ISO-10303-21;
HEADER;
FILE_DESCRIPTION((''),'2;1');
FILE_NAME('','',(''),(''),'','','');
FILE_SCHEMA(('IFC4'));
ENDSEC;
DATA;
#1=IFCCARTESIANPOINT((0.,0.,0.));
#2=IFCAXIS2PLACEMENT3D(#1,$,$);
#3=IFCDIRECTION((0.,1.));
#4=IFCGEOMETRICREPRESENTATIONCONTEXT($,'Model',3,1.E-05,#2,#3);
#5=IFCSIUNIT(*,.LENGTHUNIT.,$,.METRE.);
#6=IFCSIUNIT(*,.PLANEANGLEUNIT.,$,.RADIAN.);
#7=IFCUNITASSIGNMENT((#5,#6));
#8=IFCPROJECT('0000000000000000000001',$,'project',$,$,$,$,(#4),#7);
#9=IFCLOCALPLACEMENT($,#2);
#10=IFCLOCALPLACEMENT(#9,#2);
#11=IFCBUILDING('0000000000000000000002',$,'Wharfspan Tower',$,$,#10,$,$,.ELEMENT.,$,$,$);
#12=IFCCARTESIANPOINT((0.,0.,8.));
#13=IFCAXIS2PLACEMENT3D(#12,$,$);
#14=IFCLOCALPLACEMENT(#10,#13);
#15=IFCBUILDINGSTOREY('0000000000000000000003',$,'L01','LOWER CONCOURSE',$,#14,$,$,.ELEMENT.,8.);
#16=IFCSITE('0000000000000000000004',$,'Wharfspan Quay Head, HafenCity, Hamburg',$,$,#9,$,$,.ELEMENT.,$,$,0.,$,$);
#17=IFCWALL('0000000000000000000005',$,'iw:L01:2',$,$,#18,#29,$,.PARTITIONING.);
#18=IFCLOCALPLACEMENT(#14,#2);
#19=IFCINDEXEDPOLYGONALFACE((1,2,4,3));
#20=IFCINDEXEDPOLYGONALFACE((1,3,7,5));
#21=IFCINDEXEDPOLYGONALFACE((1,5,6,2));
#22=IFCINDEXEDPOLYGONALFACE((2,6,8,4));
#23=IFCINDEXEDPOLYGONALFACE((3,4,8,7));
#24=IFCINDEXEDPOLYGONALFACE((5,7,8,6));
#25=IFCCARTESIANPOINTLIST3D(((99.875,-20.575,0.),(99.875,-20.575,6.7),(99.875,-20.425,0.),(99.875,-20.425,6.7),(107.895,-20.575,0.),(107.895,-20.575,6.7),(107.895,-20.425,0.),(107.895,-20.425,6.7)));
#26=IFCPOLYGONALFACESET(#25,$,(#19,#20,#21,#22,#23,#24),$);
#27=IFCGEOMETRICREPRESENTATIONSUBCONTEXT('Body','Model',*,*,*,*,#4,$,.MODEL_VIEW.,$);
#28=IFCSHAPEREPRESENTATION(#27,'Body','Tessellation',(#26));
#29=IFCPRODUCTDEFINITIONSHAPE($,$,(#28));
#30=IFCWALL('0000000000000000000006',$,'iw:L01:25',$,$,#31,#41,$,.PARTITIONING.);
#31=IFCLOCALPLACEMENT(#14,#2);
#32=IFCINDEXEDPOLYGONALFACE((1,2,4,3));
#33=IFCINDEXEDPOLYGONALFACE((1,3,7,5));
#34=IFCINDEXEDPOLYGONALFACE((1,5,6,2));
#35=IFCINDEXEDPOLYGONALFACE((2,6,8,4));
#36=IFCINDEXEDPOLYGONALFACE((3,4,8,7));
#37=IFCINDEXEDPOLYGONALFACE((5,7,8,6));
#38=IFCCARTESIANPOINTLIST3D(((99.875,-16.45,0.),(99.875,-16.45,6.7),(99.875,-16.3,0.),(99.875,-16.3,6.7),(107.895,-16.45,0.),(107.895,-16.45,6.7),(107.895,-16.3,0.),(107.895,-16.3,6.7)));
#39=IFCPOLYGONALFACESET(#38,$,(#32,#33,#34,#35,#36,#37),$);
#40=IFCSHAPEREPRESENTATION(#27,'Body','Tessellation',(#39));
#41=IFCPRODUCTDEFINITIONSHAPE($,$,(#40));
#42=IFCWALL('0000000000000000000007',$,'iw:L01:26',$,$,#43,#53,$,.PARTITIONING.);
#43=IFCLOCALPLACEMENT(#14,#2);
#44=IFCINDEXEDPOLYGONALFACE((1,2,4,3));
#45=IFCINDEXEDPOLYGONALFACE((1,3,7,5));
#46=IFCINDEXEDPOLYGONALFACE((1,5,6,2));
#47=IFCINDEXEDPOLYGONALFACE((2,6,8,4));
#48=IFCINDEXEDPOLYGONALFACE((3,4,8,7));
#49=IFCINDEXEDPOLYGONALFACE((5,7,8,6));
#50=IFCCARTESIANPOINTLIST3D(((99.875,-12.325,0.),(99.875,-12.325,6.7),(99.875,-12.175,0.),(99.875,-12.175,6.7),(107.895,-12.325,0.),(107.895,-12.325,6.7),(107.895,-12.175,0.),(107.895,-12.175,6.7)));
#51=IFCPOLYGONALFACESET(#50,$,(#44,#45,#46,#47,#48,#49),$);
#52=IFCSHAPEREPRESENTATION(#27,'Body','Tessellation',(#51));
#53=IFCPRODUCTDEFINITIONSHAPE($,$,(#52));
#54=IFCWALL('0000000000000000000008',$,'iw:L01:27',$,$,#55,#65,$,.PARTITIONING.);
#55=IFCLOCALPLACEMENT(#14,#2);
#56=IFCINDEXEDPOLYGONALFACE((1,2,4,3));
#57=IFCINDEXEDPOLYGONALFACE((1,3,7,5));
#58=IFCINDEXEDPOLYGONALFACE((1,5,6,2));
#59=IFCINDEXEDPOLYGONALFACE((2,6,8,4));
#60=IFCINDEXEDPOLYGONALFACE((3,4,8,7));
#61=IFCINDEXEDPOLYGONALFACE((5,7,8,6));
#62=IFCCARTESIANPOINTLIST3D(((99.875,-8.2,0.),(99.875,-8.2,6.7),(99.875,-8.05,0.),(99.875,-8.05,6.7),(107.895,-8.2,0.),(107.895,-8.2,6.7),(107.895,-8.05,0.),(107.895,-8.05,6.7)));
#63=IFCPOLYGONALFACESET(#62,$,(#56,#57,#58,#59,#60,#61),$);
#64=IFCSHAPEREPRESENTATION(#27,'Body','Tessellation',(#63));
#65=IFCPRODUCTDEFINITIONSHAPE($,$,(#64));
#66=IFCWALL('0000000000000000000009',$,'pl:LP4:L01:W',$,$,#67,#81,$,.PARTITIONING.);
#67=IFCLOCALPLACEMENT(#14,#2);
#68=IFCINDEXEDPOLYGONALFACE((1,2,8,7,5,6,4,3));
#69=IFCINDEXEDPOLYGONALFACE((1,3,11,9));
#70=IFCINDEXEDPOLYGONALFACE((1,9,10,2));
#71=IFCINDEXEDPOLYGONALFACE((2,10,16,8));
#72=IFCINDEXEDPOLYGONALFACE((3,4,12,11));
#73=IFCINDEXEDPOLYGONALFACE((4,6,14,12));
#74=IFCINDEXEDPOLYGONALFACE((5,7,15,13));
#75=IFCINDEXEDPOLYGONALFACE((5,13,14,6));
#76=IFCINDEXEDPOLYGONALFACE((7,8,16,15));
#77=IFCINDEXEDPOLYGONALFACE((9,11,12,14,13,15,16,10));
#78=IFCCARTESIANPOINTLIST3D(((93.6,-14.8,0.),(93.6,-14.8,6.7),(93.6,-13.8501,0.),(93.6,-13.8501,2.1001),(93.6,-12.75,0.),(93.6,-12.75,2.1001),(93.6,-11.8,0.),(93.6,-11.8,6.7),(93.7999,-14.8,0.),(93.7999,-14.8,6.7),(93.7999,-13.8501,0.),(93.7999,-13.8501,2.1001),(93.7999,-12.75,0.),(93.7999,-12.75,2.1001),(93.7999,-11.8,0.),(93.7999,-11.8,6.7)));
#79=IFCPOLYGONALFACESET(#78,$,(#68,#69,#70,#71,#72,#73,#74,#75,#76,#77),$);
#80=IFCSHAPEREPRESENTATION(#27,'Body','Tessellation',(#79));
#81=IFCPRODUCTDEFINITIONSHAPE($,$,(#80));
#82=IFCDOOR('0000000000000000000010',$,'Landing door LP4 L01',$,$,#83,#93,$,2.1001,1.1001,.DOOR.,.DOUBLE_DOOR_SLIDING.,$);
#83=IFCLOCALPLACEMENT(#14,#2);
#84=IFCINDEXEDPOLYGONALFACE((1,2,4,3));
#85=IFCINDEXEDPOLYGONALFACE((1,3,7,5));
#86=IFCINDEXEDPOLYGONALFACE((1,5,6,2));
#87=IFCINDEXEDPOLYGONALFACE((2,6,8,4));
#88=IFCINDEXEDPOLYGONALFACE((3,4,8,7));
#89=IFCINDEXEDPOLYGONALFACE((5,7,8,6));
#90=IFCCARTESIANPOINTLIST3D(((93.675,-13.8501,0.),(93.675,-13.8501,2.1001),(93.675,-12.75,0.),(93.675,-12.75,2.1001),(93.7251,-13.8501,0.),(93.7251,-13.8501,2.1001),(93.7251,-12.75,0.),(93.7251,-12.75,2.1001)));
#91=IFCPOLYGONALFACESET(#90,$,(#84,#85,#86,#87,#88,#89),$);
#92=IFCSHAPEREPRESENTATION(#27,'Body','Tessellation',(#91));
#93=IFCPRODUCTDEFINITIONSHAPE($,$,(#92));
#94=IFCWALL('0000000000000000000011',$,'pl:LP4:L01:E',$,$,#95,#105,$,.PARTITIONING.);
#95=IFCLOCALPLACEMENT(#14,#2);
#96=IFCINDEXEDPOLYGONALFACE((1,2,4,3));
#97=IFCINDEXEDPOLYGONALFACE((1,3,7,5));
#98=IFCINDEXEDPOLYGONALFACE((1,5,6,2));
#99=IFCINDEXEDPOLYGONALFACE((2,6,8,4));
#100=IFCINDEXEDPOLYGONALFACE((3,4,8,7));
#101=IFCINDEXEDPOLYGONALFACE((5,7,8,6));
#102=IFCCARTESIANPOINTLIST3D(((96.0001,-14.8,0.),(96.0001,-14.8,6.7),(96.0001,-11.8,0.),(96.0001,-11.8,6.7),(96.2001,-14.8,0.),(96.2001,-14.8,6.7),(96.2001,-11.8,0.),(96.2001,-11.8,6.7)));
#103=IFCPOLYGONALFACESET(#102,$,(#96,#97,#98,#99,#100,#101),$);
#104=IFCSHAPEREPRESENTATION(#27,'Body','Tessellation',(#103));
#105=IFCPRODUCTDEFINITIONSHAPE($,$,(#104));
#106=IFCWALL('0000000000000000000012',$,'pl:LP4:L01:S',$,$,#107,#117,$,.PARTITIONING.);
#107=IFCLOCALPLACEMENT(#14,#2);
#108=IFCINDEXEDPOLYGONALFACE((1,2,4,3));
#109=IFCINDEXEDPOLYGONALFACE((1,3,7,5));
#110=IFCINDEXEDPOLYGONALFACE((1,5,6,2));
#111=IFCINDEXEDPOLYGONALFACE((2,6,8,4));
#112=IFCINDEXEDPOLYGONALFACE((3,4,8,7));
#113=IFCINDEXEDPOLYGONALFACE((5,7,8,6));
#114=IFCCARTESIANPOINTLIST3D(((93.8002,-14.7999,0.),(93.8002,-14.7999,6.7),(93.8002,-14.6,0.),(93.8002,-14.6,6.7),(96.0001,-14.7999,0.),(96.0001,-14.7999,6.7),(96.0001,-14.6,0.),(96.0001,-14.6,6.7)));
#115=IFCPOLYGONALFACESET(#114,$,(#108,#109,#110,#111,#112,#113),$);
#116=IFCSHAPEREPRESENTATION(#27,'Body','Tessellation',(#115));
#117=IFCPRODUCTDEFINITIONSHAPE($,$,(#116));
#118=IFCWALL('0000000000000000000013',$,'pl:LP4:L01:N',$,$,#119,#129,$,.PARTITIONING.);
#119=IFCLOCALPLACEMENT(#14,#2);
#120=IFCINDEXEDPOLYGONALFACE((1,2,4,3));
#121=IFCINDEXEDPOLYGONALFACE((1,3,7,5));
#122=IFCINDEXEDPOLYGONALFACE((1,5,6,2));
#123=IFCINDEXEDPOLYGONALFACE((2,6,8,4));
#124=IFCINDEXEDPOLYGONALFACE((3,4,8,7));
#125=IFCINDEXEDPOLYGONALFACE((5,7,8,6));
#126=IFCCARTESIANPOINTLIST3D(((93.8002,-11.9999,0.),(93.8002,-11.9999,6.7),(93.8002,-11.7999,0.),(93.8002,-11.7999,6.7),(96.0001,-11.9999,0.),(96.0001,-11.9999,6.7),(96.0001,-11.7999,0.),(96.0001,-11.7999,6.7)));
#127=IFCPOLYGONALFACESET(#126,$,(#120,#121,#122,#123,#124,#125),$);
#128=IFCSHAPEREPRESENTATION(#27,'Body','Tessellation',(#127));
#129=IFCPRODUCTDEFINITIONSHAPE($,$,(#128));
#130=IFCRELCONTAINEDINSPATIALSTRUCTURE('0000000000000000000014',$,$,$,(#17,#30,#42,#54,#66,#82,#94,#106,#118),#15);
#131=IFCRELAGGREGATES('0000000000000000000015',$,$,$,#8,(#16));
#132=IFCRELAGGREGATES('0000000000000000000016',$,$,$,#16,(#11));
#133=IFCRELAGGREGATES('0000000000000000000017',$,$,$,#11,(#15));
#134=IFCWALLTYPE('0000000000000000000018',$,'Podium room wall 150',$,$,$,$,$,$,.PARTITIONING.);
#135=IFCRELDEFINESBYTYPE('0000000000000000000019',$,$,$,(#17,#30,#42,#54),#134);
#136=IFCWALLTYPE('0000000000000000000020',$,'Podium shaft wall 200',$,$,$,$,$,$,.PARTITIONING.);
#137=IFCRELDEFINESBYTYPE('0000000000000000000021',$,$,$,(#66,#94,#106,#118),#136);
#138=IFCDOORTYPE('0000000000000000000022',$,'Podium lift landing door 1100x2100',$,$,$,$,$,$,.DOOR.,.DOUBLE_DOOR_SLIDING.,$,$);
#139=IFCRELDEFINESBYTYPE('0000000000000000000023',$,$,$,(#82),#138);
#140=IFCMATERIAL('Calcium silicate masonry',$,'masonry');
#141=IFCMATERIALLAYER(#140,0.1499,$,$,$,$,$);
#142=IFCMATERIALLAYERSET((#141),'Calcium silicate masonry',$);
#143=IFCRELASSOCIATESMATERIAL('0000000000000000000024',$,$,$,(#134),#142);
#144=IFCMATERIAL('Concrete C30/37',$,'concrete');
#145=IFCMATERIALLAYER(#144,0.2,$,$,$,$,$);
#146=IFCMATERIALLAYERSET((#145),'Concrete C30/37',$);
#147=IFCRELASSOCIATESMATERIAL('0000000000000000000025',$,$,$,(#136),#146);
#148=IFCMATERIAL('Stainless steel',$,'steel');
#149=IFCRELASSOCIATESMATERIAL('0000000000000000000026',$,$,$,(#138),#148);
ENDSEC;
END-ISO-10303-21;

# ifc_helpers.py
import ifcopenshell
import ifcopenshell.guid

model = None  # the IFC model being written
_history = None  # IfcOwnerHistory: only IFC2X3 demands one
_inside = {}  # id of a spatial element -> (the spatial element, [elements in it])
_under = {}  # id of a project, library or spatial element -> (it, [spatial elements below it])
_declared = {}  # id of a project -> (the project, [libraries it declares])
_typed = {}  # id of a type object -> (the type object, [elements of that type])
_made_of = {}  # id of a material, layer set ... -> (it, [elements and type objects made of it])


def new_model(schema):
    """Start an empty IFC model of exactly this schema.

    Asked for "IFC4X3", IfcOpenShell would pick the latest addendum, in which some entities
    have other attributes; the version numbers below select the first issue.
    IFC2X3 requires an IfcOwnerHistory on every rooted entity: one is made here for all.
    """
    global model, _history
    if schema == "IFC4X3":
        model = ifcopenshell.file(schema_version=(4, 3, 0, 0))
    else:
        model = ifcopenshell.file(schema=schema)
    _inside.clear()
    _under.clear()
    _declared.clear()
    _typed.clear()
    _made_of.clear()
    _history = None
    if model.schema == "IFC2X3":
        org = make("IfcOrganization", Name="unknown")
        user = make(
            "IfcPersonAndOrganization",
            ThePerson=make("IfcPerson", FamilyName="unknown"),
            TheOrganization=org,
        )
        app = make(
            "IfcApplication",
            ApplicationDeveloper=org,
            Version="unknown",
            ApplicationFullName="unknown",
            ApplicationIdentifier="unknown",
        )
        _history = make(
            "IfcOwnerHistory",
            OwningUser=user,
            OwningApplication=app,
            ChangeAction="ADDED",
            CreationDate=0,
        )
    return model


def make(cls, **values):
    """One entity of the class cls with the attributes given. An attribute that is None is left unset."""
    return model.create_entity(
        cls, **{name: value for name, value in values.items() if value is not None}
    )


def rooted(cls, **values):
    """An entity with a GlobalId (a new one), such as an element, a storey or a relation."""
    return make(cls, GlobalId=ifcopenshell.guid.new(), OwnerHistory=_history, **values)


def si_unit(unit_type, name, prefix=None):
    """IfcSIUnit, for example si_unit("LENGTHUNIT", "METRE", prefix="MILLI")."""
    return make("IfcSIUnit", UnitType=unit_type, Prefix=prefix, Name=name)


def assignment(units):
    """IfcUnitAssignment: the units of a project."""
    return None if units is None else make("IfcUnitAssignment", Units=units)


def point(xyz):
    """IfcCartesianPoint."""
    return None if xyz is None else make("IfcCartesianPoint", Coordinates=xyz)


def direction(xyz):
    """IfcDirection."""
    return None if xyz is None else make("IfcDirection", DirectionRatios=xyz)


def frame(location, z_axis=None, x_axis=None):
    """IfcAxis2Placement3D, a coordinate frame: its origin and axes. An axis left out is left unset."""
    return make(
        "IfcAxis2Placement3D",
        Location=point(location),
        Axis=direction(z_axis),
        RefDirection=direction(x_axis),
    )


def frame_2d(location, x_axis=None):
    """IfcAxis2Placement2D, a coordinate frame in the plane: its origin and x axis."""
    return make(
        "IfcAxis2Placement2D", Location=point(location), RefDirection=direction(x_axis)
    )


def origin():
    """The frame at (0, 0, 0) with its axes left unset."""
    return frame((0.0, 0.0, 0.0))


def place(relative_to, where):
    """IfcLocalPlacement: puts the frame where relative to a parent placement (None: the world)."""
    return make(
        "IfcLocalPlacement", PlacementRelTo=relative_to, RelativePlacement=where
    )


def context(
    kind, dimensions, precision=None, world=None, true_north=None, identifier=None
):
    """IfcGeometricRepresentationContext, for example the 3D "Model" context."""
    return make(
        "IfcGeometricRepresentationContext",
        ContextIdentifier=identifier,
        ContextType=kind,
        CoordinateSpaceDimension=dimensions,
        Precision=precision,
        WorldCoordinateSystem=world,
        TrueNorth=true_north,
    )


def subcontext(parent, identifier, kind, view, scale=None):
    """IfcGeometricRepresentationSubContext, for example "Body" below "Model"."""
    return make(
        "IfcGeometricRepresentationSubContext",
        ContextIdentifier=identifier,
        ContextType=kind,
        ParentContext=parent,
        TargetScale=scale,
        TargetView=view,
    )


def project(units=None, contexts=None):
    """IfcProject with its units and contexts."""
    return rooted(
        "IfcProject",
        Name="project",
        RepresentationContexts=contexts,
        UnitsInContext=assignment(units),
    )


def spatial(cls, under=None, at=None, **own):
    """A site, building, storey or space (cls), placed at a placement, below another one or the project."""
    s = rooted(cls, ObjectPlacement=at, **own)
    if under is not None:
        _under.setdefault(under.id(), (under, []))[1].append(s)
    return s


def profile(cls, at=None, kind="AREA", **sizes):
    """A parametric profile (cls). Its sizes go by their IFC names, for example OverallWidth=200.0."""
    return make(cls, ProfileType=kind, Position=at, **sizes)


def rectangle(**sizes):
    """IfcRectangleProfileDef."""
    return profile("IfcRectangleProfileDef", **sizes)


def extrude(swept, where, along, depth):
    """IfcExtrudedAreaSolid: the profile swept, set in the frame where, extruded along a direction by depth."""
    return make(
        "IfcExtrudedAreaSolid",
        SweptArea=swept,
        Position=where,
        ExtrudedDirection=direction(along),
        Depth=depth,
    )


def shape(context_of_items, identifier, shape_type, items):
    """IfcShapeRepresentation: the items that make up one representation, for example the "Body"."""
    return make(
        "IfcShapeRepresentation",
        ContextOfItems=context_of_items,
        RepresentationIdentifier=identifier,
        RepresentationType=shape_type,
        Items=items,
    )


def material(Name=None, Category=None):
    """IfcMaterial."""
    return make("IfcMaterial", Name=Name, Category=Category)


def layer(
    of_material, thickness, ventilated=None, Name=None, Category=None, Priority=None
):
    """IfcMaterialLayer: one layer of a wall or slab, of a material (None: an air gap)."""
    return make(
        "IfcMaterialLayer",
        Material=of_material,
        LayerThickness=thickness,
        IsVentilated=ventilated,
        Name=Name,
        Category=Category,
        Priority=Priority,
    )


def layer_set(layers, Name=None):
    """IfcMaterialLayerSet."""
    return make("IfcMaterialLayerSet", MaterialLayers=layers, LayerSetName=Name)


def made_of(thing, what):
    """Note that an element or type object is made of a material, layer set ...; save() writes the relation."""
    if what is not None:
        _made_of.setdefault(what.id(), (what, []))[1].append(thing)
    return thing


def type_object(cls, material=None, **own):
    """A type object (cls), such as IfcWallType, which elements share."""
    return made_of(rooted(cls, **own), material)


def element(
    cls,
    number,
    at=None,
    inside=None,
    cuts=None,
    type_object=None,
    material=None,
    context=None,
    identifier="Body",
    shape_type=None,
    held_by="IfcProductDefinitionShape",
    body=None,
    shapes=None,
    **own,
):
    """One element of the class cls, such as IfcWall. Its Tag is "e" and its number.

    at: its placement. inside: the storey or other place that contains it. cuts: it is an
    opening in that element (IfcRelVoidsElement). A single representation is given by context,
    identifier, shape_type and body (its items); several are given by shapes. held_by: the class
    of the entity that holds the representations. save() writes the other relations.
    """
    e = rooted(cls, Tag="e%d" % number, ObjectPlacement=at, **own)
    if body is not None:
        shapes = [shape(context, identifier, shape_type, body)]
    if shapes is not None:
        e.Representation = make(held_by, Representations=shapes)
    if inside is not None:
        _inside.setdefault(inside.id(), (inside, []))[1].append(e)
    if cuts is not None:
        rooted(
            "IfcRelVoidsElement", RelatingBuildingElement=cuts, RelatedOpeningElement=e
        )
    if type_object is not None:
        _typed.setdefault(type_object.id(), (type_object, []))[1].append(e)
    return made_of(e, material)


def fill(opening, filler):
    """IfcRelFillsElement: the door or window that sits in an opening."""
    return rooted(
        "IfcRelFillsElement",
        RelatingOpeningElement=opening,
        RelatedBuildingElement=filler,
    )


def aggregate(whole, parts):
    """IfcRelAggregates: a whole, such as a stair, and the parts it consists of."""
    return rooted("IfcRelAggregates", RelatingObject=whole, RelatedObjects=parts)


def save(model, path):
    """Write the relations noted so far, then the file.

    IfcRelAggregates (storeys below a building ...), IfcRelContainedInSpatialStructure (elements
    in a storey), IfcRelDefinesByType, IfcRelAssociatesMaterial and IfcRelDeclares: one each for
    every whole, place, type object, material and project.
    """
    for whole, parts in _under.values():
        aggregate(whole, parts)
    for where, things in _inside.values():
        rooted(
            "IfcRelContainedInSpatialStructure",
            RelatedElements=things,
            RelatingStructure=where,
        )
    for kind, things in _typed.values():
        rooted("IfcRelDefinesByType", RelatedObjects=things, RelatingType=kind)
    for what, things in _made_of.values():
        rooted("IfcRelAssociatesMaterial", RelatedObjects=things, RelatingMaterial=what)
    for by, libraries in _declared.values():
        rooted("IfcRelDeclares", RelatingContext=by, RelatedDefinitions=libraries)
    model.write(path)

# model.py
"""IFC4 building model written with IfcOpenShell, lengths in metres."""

from ifc_helpers import new_model, si_unit, direction, frame, frame_2d, origin, place, context, subcontext, project, spatial, rectangle, extrude, material, layer, layer_set, type_object, element, fill, save


model = new_model("IFC4")

# Units and contexts
model_context = context("Model", 3, precision=1e-05, world=origin(), true_north=direction((0.0, 1.0)))
body_context = subcontext(model_context, "Body", "Model", "MODEL_VIEW")
ifc_project = project(units=[si_unit("LENGTHUNIT", "METRE"), si_unit("PLANEANGLEUNIT", "RADIAN")], contexts=[model_context])

# Site, building, storey
site_placement = place(None, origin())
site = spatial("IfcSite", under=ifc_project, at=site_placement, Name="Wharfspan Quay Head, HafenCity, Hamburg", CompositionType="ELEMENT", RefElevation=0.0)
building_placement = place(site_placement, origin())
building = spatial("IfcBuilding", under=site, at=building_placement, Name="Wharfspan Tower", CompositionType="ELEMENT")
storey_placement = place(building_placement, frame((0.0, 0.0, 8.0)))
storey = spatial("IfcBuildingStorey", under=building, at=storey_placement, Name="L01", Description="LOWER CONCOURSE", CompositionType="ELEMENT", Elevation=8.0)

# Walls
ifc_material_1 = material(Name="Calcium silicate masonry", Category="masonry")
ifc_layer_1 = layer(ifc_material_1, 0.1499)
ifc_layer_set_1 = layer_set([ifc_layer_1], Name="Calcium silicate masonry")
wall_type_1 = type_object("IfcWallType", Name="Podium room wall 150", PredefinedType="PARTITIONING", material=ifc_layer_set_1)
for number, where, z_axis, x_axis, name in (
    (1, (99.875, -20.5, 0.0), (0.0, 0.0, 1.0), (1.0, 0.0, 0.0), "iw:L01:2"),
    (2, (99.875, -16.375, 0.0), (0.0, 0.0, 1.0), (1.0, 0.0, 0.0), "iw:L01:25"),
    (3, (99.875, -12.25, 0.0), (0.0, 0.0, 1.0), (1.0, 0.0, 0.0), "iw:L01:26"),
    (4, (99.875, -8.125, 0.0), (0.0, 0.0, 1.0), (1.0, 0.0, 0.0), "iw:L01:27"),
):
    element("IfcWall", number, at=place(storey_placement, frame(where, z_axis=z_axis, x_axis=x_axis)), inside=storey, type_object=wall_type_1, Name=name, PredefinedType="PARTITIONING", context=body_context, shape_type="SweptSolid", body=[
        extrude(rectangle(XDim=8.02, YDim=0.1499, at=frame_2d((4.01, 0.0))), origin(), (0.0, 0.0, 1.0), 6.7),
    ])

# Wall, opening, door
ifc_material_2 = material(Name="Concrete C30/37", Category="concrete")
ifc_layer_2 = layer(ifc_material_2, 0.2)
ifc_layer_set_2 = layer_set([ifc_layer_2], Name="Concrete C30/37")
wall_type_2 = type_object("IfcWallType", Name="Podium shaft wall 200", PredefinedType="PARTITIONING", material=ifc_layer_set_2)
wall_1_placement = place(storey_placement, frame((93.7, -14.8, 0.0), z_axis=(0.0, 0.0, 1.0), x_axis=(0.0, 1.0, 0.0)))
wall_1 = element("IfcWall", 5, at=wall_1_placement, inside=storey, type_object=wall_type_2, Name="pl:LP4:L01:W", PredefinedType="PARTITIONING", context=body_context, shape_type="SweptSolid", body=[
    extrude(rectangle(XDim=3.0, YDim=0.2, at=frame_2d((1.5, 0.0))), origin(), (0.0, 0.0, 1.0), 6.7),
])
opening_placement = place(wall_1_placement, frame((0.95, 0.0, 0.0)))
opening = element("IfcOpeningElement", 6, at=opening_placement, cuts=wall_1, PredefinedType="OPENING", context=body_context, shape_type="SweptSolid", body=[
    extrude(rectangle(XDim=1.1001, YDim=2.1001, at=frame_2d((0.55, 1.05))), frame((0.0, 0.1099, 0.0), z_axis=(0.0, -1.0, 0.0), x_axis=(1.0, 0.0, 0.0)), (0.0, 0.0, 1.0), 0.22),
])
ifc_material_3 = material(Name="Stainless steel", Category="steel")
door_type = type_object("IfcDoorType", Name="Podium lift landing door 1100x2100", OperationType="DOUBLE_DOOR_SLIDING", PredefinedType="DOOR", material=ifc_material_3)
door_placement = place(opening_placement, origin())
door = element("IfcDoor", 7, at=door_placement, inside=storey, type_object=door_type, Name="Landing door LP4 L01", OperationType="DOUBLE_DOOR_SLIDING", OverallHeight=2.1001, OverallWidth=1.1001, PredefinedType="DOOR", context=body_context, shape_type="SweptSolid", body=[
    extrude(rectangle(XDim=1.1001, YDim=2.1001, at=frame_2d((0.55, 1.05))), frame((0.0, 0.0249, 0.0), z_axis=(0.0, -1.0, 0.0), x_axis=(1.0, 0.0, 0.0)), (0.0, 0.0, 1.0), 0.05),
])
fill(opening, door)

# Walls
wall_2_placement = place(storey_placement, frame((96.1001, -14.8, 0.0), z_axis=(0.0, 0.0, 1.0), x_axis=(0.0, 1.0, 0.0)))
element("IfcWall", 8, at=wall_2_placement, inside=storey, type_object=wall_type_2, Name="pl:LP4:L01:E", PredefinedType="PARTITIONING", context=body_context, shape_type="SweptSolid", body=[
    extrude(rectangle(XDim=3.0, YDim=0.2, at=frame_2d((1.5, 0.0))), origin(), (0.0, 0.0, 1.0), 6.7),
])
for number, where, z_axis, x_axis, name in (
    (9, (93.8, -14.7, 0.0), (0.0, 0.0, 1.0), (1.0, 0.0, 0.0), "pl:LP4:L01:S"),
    (10, (93.8, -11.8999, 0.0), (0.0, 0.0, 1.0), (1.0, 0.0, 0.0), "pl:LP4:L01:N"),
):
    element("IfcWall", number, at=place(storey_placement, frame(where, z_axis=z_axis, x_axis=x_axis)), inside=storey, type_object=wall_type_2, Name=name, PredefinedType="PARTITIONING", context=body_context, shape_type="SweptSolid", body=[
        extrude(rectangle(XDim=2.2, YDim=0.2, at=frame_2d((1.1001, 0.0))), origin(), (0.0, 0.0, 1.0), 6.7),
    ])

save(model, "model.ifc")
